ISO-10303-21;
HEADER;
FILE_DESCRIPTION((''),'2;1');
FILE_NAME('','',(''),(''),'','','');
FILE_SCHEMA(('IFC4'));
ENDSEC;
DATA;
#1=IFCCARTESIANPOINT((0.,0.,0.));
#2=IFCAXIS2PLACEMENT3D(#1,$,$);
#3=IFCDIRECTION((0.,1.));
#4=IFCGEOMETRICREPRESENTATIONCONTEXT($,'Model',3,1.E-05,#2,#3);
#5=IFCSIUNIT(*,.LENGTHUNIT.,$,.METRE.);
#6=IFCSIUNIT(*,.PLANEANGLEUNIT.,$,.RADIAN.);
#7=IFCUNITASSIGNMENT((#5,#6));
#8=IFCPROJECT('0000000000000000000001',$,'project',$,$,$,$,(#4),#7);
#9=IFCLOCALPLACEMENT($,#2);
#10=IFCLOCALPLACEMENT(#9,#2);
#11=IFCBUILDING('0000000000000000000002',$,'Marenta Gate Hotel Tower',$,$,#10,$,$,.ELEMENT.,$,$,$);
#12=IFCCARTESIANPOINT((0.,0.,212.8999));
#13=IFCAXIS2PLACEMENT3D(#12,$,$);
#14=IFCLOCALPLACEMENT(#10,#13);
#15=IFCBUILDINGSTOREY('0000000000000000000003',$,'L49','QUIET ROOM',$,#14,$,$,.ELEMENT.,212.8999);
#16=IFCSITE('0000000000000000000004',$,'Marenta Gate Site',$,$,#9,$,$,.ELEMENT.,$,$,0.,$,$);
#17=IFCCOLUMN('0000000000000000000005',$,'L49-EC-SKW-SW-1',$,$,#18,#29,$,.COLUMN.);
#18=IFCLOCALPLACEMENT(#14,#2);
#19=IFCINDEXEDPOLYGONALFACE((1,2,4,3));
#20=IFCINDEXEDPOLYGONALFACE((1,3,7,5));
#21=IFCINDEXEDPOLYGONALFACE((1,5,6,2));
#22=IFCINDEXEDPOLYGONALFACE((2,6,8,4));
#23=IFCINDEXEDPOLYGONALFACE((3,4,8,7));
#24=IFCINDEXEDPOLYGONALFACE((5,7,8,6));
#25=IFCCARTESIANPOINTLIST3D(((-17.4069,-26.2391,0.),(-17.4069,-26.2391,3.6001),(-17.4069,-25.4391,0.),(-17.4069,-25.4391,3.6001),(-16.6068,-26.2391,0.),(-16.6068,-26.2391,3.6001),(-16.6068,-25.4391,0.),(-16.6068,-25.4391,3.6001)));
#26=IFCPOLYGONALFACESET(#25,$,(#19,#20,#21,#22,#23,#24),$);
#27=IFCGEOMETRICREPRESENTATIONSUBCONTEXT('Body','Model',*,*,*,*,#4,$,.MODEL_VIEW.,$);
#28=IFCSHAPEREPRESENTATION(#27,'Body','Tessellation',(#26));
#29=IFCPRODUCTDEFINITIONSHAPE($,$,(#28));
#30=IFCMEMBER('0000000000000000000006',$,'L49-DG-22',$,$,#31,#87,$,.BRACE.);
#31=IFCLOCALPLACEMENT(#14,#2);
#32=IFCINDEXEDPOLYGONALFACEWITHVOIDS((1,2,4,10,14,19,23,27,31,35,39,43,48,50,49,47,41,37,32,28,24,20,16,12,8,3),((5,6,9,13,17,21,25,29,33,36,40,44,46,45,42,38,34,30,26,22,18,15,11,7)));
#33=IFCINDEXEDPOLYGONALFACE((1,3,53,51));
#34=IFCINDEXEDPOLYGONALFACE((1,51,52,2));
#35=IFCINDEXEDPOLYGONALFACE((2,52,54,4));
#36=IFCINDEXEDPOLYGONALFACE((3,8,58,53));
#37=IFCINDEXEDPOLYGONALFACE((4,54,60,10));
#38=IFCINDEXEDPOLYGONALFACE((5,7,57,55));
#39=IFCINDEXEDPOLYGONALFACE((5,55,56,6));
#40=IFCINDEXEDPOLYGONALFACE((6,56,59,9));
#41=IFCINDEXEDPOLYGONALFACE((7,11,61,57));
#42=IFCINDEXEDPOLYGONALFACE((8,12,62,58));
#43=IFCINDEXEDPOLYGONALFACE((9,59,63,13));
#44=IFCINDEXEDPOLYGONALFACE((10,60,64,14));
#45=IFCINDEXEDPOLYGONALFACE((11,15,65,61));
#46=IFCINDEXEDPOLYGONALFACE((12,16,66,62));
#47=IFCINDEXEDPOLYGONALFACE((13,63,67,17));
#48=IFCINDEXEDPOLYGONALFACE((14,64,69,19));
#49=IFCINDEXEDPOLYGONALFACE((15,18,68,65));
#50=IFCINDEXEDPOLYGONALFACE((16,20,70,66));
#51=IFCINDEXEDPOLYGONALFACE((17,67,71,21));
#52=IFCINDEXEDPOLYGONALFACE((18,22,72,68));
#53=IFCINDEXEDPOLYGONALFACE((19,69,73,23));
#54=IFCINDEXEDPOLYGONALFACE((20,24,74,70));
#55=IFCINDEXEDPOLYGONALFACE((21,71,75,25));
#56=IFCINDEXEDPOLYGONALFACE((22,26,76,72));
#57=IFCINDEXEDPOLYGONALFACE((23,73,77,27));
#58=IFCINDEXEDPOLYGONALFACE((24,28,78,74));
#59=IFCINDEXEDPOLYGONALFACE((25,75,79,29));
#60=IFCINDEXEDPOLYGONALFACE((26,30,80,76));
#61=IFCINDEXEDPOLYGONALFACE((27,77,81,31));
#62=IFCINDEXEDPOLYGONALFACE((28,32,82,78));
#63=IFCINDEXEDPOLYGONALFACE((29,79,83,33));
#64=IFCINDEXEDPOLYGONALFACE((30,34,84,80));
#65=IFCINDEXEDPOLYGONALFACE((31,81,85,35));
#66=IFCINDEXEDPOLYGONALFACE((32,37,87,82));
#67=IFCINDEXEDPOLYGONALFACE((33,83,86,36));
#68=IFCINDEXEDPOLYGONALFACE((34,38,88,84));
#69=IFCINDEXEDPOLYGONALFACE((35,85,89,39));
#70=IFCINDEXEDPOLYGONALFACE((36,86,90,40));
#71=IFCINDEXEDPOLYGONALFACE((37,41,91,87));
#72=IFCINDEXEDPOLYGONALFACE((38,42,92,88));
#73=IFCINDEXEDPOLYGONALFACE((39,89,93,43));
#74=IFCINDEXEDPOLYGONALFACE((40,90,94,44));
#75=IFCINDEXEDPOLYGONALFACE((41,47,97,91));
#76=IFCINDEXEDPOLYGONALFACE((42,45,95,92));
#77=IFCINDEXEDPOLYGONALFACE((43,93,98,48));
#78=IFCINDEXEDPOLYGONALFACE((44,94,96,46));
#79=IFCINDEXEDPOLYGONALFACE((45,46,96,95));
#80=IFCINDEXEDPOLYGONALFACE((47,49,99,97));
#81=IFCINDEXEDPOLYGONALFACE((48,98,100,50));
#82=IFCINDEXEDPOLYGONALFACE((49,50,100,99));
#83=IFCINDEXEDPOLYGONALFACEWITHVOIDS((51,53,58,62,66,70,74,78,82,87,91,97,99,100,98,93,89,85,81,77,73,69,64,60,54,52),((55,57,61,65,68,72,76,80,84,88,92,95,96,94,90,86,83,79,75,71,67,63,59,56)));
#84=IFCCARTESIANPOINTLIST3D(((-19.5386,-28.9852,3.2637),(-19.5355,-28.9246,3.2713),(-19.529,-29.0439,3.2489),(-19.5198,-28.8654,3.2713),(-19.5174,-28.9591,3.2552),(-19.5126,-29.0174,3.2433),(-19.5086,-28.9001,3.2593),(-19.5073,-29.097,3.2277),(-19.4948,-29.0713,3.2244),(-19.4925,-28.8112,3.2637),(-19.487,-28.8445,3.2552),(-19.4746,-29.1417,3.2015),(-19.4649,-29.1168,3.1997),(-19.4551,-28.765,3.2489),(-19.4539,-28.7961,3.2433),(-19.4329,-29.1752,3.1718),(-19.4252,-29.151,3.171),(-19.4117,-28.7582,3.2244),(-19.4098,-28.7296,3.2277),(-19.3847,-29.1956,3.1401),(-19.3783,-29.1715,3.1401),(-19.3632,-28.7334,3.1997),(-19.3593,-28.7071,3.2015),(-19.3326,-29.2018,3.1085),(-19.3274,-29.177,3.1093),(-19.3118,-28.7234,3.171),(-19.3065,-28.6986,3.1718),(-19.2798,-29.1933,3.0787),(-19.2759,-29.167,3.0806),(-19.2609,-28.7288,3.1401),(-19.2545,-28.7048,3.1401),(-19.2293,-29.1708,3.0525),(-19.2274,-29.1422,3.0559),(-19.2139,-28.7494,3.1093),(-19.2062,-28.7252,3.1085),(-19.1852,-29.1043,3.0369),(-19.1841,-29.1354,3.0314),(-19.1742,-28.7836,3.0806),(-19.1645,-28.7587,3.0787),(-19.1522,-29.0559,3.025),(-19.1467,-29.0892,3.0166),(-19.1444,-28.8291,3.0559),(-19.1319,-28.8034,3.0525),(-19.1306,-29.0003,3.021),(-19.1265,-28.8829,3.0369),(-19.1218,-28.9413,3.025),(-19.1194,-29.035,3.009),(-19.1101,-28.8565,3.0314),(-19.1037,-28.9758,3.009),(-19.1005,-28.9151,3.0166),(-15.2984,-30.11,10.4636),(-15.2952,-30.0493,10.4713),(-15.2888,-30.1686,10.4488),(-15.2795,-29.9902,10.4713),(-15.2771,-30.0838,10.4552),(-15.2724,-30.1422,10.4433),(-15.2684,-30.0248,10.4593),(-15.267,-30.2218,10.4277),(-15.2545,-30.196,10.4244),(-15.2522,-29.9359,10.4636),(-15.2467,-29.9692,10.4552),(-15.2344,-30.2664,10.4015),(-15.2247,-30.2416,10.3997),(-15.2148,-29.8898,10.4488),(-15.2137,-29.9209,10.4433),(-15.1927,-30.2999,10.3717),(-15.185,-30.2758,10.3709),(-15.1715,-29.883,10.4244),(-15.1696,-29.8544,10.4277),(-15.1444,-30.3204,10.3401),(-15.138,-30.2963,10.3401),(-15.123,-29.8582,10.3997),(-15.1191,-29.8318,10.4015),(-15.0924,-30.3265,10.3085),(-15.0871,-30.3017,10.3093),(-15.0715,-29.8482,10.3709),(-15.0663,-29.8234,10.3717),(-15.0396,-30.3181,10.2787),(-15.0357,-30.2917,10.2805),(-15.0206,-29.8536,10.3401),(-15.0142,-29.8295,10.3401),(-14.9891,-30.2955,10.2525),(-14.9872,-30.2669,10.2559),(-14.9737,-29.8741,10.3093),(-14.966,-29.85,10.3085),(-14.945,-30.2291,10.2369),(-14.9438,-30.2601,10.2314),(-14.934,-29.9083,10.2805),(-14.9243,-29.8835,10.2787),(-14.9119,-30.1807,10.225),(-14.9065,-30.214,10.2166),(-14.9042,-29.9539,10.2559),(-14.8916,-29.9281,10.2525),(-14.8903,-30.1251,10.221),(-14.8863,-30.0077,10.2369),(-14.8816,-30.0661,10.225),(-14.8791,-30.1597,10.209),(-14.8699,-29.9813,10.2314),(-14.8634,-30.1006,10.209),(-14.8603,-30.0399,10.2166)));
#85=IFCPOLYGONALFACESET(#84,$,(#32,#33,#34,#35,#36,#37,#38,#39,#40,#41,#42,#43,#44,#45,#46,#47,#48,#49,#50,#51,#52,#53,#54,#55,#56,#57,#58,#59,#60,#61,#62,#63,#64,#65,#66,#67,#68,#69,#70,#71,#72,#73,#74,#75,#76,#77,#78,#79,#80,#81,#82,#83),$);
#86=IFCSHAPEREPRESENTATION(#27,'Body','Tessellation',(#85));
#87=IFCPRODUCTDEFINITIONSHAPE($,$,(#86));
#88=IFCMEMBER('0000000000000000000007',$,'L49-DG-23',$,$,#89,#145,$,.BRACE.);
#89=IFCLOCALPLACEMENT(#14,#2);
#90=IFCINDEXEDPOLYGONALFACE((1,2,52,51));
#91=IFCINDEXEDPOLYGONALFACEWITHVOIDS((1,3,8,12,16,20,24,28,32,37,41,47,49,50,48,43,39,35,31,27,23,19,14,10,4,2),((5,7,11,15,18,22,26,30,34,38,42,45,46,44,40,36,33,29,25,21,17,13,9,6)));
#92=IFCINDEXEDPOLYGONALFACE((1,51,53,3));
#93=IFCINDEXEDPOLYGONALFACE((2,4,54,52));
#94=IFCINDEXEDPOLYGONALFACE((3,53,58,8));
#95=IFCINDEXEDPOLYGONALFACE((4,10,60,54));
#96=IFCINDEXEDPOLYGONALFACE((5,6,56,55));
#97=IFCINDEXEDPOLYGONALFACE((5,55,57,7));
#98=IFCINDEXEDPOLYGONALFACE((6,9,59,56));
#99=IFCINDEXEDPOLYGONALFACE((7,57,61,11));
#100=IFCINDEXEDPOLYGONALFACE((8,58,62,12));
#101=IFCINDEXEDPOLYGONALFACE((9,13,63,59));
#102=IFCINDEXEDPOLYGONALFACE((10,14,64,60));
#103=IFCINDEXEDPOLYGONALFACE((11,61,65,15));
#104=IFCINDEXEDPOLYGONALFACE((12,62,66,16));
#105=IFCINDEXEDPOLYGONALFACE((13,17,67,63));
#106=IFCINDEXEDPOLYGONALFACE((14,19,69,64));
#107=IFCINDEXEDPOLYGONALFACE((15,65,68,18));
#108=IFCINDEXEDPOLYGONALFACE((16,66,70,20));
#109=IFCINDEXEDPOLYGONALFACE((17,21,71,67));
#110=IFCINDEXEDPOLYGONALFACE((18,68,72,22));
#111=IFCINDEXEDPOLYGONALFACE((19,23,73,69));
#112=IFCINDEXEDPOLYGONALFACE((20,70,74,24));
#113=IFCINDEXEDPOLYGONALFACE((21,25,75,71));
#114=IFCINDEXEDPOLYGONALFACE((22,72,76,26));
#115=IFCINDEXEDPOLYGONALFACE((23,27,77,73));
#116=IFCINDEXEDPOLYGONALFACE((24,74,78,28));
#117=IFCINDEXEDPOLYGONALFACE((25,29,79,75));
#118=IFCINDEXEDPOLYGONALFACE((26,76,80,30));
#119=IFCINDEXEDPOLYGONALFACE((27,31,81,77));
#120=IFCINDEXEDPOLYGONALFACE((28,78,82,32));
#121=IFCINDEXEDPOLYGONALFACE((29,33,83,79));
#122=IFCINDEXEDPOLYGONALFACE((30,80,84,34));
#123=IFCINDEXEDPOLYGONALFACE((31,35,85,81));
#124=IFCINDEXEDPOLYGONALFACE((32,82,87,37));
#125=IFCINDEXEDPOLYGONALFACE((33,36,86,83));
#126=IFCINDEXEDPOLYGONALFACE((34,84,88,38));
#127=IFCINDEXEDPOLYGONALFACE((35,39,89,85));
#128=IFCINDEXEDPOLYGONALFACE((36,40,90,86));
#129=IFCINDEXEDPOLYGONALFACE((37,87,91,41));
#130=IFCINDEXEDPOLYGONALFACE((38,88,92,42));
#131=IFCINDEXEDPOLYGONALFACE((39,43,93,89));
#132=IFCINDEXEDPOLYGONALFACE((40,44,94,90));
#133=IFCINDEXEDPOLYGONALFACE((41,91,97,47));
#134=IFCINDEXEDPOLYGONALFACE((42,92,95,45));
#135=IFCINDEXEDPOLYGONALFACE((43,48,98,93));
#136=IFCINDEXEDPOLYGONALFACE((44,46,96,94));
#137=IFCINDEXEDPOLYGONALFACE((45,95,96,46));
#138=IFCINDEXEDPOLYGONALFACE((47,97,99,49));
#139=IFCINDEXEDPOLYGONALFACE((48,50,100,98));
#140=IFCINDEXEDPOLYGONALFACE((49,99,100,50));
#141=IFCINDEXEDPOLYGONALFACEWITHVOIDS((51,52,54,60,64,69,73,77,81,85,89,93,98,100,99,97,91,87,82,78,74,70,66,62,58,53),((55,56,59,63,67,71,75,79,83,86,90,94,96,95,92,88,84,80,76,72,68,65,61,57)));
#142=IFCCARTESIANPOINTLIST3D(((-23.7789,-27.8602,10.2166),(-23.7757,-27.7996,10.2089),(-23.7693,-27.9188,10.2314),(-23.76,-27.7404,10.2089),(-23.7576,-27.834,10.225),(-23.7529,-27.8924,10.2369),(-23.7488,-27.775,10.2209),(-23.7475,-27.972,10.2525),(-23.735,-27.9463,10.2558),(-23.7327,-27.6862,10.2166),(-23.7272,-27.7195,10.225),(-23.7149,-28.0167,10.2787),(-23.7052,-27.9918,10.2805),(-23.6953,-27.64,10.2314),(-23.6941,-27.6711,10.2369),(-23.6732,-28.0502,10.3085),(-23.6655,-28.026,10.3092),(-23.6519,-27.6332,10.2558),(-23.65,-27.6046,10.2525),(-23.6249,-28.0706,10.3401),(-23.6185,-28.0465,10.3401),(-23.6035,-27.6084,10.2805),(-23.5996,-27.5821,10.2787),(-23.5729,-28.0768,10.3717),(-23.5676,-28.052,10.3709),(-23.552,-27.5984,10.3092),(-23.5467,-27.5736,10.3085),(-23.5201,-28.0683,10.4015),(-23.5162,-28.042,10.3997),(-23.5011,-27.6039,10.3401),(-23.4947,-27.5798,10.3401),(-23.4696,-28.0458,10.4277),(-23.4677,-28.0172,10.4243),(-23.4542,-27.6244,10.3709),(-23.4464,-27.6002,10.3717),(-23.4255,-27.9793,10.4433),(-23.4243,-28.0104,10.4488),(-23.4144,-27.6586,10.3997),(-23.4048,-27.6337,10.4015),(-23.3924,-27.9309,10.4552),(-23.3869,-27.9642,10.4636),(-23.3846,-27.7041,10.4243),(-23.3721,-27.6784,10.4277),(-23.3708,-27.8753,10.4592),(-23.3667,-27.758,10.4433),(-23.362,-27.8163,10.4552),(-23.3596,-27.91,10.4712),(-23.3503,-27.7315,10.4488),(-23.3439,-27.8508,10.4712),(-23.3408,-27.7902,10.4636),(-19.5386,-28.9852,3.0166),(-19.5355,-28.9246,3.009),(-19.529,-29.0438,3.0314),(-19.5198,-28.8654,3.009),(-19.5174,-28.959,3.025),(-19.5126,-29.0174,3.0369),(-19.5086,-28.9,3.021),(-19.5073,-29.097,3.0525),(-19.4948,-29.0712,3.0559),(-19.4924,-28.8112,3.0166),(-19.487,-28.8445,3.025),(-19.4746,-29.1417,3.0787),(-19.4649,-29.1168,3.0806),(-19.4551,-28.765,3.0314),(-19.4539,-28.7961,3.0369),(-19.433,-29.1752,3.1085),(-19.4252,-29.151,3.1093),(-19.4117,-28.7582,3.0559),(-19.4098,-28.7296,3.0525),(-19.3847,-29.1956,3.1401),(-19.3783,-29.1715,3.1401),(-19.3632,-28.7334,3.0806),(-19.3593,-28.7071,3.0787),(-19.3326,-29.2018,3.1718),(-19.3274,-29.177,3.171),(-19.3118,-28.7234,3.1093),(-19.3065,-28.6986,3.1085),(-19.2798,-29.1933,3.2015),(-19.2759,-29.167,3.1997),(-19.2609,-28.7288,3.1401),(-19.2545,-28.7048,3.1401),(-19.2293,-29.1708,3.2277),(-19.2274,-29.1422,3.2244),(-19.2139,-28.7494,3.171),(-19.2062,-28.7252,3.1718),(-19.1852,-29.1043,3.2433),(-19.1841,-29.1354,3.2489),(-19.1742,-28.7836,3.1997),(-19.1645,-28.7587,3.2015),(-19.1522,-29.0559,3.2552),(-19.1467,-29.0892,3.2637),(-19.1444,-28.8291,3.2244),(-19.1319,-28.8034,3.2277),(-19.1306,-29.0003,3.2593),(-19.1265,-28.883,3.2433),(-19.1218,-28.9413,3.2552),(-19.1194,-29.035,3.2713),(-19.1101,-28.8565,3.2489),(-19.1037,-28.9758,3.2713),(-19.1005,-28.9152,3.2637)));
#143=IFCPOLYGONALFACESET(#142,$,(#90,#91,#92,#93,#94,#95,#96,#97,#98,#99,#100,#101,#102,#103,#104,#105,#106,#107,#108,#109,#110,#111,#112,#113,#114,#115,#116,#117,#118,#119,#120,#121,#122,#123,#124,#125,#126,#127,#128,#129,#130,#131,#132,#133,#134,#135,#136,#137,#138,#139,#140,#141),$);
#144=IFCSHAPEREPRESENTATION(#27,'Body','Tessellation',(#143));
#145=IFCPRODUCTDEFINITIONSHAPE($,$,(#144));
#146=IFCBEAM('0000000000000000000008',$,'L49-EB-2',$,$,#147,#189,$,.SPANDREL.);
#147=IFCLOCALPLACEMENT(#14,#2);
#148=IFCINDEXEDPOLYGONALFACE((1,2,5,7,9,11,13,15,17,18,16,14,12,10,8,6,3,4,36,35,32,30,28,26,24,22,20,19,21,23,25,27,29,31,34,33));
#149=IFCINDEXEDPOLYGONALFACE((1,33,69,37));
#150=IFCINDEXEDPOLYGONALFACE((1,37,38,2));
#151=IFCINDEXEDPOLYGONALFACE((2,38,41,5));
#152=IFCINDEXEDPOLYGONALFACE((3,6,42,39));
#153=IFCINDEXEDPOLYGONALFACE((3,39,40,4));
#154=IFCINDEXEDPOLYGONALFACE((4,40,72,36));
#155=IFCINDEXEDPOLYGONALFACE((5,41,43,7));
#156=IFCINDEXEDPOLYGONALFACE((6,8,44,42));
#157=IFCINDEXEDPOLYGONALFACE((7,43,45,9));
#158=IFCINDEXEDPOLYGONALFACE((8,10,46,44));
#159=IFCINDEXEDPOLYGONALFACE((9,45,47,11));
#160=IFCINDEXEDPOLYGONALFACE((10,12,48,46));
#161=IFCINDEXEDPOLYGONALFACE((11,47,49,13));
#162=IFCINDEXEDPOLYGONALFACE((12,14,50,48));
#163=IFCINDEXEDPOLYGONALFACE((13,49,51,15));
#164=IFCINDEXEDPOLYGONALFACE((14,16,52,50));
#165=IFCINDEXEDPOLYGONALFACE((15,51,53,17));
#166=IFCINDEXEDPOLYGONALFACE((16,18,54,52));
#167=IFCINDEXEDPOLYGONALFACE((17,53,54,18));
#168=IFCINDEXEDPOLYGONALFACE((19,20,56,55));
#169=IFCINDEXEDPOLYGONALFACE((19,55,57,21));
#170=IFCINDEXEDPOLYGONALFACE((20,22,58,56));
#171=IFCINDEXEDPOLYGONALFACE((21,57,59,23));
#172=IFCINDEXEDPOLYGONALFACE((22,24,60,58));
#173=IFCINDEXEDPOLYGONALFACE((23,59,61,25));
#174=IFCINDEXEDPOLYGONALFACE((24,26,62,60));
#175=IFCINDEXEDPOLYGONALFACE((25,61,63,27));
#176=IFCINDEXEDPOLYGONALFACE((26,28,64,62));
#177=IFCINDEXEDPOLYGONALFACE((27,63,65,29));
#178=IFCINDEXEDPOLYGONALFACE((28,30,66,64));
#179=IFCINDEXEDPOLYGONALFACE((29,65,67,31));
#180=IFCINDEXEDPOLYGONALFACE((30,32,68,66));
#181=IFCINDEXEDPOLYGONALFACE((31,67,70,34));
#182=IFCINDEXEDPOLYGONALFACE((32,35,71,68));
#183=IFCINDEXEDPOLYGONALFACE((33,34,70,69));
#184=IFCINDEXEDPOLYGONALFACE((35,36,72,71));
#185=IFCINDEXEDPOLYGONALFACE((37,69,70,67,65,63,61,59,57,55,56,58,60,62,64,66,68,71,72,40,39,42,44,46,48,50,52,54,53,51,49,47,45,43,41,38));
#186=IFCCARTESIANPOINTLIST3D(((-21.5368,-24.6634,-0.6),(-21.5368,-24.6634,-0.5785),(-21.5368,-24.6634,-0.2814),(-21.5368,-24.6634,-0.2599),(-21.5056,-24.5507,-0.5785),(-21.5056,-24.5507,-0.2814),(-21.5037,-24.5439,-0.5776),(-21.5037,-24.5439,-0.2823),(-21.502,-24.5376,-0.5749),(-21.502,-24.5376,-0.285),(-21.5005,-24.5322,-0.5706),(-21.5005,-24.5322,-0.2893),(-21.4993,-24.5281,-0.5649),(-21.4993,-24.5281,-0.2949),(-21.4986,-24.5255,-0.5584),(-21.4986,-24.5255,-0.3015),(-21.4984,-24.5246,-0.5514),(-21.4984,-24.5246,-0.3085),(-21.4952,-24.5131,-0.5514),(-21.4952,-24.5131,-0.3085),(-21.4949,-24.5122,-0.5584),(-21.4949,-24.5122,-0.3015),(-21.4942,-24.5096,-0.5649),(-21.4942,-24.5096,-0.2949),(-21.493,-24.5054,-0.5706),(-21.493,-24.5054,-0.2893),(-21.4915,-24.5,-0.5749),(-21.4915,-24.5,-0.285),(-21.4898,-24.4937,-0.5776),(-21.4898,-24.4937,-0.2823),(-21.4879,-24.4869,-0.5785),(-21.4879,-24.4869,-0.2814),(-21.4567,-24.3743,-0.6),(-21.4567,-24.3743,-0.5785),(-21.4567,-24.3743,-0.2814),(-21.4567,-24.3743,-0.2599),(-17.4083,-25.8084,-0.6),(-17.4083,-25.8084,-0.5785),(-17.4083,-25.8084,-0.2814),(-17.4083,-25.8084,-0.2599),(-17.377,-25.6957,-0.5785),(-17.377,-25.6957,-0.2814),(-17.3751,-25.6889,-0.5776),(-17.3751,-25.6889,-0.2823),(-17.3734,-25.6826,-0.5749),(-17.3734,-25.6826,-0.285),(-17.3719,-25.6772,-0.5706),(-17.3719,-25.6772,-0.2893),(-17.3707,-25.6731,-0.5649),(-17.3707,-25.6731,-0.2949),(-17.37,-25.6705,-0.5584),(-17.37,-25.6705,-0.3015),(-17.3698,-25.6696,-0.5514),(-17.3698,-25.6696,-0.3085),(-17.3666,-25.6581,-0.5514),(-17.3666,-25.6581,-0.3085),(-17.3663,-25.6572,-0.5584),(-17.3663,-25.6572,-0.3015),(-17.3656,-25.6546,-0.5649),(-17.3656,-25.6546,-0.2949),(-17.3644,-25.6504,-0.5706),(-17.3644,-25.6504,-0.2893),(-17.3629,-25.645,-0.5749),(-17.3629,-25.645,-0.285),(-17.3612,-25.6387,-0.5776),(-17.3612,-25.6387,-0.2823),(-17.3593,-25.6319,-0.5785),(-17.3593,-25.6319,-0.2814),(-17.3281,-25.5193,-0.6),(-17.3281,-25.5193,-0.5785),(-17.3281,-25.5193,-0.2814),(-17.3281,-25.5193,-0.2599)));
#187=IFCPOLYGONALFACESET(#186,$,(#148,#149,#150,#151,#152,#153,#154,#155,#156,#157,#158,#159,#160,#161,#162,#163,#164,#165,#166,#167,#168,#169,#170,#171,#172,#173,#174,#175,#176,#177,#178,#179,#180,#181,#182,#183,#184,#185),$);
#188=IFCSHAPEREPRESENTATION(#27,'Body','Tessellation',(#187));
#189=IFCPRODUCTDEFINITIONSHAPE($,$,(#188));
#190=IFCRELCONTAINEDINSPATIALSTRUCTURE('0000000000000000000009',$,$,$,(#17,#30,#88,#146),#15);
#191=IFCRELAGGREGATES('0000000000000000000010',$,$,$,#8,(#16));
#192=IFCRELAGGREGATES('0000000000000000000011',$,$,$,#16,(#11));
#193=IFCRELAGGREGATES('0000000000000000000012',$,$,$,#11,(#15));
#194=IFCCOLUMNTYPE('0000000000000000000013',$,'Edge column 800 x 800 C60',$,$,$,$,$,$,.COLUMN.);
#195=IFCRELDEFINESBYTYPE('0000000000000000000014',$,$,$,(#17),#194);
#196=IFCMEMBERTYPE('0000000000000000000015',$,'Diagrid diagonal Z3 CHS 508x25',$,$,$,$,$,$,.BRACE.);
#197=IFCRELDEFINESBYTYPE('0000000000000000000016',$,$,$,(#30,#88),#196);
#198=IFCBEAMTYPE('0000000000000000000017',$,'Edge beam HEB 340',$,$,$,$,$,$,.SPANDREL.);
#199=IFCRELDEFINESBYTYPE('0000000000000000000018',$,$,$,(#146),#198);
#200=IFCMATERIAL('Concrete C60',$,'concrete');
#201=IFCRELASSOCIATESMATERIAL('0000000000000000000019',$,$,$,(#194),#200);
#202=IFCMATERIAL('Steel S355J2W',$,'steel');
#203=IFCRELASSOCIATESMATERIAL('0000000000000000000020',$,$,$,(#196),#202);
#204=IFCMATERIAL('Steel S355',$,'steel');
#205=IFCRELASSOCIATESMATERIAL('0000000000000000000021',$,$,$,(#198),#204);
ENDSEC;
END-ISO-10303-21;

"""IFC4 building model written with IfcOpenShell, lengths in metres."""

from ifc_helpers import new_model, si_unit, direction, frame, origin, origin_2d, place, context, subcontext, project, spatial, rectangle, hollow_circle, i_section, extrude, material, material_profile, profile_set, type_object, element, save


model = new_model("IFC4")

# Units and contexts
model_context = context("Model", 3, precision=1e-05, world=origin(), true_north=direction((0.0, 1.0)))
body_context = subcontext(model_context, "Body", "Model", "MODEL_VIEW")
ifc_project = project(units=[si_unit("LENGTHUNIT", "METRE"), si_unit("PLANEANGLEUNIT", "RADIAN")], contexts=[model_context])

# Site, building, storey
site_placement = place(None, origin())
site = spatial("IfcSite", under=ifc_project, at=site_placement, Name="Marenta Gate Site", CompositionType="ELEMENT", RefElevation=0.0)
building_placement = place(site_placement, origin())
building = spatial("IfcBuilding", under=site, at=building_placement, Name="Marenta Gate Hotel Tower", CompositionType="ELEMENT")
storey_placement = place(building_placement, frame((0.0, 0.0, 212.8999)))
storey = spatial("IfcBuildingStorey", under=building, at=storey_placement, Name="L49", Description="QUIET ROOM", CompositionType="ELEMENT", Elevation=212.8999)

# Column
ifc_material_1 = material(Name="Concrete C60", Category="concrete")
ifc_material_profile_1 = material_profile(ifc_material_1, rectangle(XDim=0.8, YDim=0.8, at=origin_2d()), Name="800 x 800")
ifc_profile_set_1 = profile_set([ifc_material_profile_1], Name="Concrete C60")
column_type = type_object("IfcColumnType", Name="Edge column 800 x 800 C60", PredefinedType="COLUMN", material=ifc_profile_set_1)
column_placement = place(storey_placement, frame((-17.0068, -25.8391, 0.0), z_axis=(0.0, 0.0, 1.0), x_axis=(1.0, 0.0, 0.0)))
element("IfcColumn", 1, at=column_placement, inside=storey, type_object=column_type, Name="L49-EC-SKW-SW-1", PredefinedType="COLUMN", context=body_context, shape_type="SweptSolid", body=[
    extrude(rectangle(XDim=0.8, YDim=0.8, at=origin_2d()), origin(), (0.0, 0.0, 1.0), 3.6001),
])

# Members
ifc_material_2 = material(Name="Steel S355J2W", Category="steel")
ifc_material_profile_2 = material_profile(ifc_material_2, hollow_circle(Radius=0.2539, WallThickness=0.0249, at=origin_2d()), Name="CHS 508x25")
ifc_profile_set_2 = profile_set([ifc_material_profile_2], Name="Steel S355J2W")
member_type = type_object("IfcMemberType", Name="Diagrid diagonal Z3 CHS 508x25", PredefinedType="BRACE", material=ifc_profile_set_2)
for number, where, z_axis, x_axis, name in (
    (2, (-19.3196, -28.9502, 3.1401), (0.502926, -0.133405, 0.853972), (0.256391, 0.966573, 0.0), "L49-DG-22"),
    (3, (-19.3196, -28.9502, 3.1401), (-0.502924, 0.133434, 0.853969), (-0.256443, -0.966559, 0.0), "L49-DG-23"),
):
    element("IfcMember", number, at=place(storey_placement, frame(where, z_axis=z_axis, x_axis=x_axis)), inside=storey, type_object=member_type, Name=name, PredefinedType="BRACE", context=body_context, shape_type="SweptSolid", body=[
        extrude(hollow_circle(Radius=0.2539, WallThickness=0.0249, at=origin_2d()), origin(), (0.0, 0.0, 1.0), 8.4312),
    ])

# Beam
ifc_material_3 = material(Name="Steel S355", Category="steel")
ifc_material_profile_3 = material_profile(ifc_material_3, i_section(OverallWidth=0.3, OverallDepth=0.3401, WebThickness=0.012, FlangeThickness=0.0215, FilletRadius=0.0271, at=origin_2d()), Name="HEB 340")
ifc_profile_set_3 = profile_set([ifc_material_profile_3], Name="Steel S355")
beam_type = type_object("IfcBeamType", Name="Edge beam HEB 340", PredefinedType="SPANDREL", material=ifc_profile_set_3)
beam_placement = place(storey_placement, frame((-17.3682, -25.6638, -0.4299), z_axis=(-0.963628, 0.267247, 0.0), x_axis=(-0.267247, -0.963628, 0.0)))
element("IfcBeam", 4, at=beam_placement, inside=storey, type_object=beam_type, Name="L49-EB-2", PredefinedType="SPANDREL", context=body_context, shape_type="SweptSolid", body=[
    extrude(i_section(OverallWidth=0.3, OverallDepth=0.3401, WebThickness=0.012, FlangeThickness=0.0215, FilletRadius=0.0271, at=origin_2d()), origin(), (0.0, 0.0, 1.0), 4.2844),
])

save(model, "model.ifc")
